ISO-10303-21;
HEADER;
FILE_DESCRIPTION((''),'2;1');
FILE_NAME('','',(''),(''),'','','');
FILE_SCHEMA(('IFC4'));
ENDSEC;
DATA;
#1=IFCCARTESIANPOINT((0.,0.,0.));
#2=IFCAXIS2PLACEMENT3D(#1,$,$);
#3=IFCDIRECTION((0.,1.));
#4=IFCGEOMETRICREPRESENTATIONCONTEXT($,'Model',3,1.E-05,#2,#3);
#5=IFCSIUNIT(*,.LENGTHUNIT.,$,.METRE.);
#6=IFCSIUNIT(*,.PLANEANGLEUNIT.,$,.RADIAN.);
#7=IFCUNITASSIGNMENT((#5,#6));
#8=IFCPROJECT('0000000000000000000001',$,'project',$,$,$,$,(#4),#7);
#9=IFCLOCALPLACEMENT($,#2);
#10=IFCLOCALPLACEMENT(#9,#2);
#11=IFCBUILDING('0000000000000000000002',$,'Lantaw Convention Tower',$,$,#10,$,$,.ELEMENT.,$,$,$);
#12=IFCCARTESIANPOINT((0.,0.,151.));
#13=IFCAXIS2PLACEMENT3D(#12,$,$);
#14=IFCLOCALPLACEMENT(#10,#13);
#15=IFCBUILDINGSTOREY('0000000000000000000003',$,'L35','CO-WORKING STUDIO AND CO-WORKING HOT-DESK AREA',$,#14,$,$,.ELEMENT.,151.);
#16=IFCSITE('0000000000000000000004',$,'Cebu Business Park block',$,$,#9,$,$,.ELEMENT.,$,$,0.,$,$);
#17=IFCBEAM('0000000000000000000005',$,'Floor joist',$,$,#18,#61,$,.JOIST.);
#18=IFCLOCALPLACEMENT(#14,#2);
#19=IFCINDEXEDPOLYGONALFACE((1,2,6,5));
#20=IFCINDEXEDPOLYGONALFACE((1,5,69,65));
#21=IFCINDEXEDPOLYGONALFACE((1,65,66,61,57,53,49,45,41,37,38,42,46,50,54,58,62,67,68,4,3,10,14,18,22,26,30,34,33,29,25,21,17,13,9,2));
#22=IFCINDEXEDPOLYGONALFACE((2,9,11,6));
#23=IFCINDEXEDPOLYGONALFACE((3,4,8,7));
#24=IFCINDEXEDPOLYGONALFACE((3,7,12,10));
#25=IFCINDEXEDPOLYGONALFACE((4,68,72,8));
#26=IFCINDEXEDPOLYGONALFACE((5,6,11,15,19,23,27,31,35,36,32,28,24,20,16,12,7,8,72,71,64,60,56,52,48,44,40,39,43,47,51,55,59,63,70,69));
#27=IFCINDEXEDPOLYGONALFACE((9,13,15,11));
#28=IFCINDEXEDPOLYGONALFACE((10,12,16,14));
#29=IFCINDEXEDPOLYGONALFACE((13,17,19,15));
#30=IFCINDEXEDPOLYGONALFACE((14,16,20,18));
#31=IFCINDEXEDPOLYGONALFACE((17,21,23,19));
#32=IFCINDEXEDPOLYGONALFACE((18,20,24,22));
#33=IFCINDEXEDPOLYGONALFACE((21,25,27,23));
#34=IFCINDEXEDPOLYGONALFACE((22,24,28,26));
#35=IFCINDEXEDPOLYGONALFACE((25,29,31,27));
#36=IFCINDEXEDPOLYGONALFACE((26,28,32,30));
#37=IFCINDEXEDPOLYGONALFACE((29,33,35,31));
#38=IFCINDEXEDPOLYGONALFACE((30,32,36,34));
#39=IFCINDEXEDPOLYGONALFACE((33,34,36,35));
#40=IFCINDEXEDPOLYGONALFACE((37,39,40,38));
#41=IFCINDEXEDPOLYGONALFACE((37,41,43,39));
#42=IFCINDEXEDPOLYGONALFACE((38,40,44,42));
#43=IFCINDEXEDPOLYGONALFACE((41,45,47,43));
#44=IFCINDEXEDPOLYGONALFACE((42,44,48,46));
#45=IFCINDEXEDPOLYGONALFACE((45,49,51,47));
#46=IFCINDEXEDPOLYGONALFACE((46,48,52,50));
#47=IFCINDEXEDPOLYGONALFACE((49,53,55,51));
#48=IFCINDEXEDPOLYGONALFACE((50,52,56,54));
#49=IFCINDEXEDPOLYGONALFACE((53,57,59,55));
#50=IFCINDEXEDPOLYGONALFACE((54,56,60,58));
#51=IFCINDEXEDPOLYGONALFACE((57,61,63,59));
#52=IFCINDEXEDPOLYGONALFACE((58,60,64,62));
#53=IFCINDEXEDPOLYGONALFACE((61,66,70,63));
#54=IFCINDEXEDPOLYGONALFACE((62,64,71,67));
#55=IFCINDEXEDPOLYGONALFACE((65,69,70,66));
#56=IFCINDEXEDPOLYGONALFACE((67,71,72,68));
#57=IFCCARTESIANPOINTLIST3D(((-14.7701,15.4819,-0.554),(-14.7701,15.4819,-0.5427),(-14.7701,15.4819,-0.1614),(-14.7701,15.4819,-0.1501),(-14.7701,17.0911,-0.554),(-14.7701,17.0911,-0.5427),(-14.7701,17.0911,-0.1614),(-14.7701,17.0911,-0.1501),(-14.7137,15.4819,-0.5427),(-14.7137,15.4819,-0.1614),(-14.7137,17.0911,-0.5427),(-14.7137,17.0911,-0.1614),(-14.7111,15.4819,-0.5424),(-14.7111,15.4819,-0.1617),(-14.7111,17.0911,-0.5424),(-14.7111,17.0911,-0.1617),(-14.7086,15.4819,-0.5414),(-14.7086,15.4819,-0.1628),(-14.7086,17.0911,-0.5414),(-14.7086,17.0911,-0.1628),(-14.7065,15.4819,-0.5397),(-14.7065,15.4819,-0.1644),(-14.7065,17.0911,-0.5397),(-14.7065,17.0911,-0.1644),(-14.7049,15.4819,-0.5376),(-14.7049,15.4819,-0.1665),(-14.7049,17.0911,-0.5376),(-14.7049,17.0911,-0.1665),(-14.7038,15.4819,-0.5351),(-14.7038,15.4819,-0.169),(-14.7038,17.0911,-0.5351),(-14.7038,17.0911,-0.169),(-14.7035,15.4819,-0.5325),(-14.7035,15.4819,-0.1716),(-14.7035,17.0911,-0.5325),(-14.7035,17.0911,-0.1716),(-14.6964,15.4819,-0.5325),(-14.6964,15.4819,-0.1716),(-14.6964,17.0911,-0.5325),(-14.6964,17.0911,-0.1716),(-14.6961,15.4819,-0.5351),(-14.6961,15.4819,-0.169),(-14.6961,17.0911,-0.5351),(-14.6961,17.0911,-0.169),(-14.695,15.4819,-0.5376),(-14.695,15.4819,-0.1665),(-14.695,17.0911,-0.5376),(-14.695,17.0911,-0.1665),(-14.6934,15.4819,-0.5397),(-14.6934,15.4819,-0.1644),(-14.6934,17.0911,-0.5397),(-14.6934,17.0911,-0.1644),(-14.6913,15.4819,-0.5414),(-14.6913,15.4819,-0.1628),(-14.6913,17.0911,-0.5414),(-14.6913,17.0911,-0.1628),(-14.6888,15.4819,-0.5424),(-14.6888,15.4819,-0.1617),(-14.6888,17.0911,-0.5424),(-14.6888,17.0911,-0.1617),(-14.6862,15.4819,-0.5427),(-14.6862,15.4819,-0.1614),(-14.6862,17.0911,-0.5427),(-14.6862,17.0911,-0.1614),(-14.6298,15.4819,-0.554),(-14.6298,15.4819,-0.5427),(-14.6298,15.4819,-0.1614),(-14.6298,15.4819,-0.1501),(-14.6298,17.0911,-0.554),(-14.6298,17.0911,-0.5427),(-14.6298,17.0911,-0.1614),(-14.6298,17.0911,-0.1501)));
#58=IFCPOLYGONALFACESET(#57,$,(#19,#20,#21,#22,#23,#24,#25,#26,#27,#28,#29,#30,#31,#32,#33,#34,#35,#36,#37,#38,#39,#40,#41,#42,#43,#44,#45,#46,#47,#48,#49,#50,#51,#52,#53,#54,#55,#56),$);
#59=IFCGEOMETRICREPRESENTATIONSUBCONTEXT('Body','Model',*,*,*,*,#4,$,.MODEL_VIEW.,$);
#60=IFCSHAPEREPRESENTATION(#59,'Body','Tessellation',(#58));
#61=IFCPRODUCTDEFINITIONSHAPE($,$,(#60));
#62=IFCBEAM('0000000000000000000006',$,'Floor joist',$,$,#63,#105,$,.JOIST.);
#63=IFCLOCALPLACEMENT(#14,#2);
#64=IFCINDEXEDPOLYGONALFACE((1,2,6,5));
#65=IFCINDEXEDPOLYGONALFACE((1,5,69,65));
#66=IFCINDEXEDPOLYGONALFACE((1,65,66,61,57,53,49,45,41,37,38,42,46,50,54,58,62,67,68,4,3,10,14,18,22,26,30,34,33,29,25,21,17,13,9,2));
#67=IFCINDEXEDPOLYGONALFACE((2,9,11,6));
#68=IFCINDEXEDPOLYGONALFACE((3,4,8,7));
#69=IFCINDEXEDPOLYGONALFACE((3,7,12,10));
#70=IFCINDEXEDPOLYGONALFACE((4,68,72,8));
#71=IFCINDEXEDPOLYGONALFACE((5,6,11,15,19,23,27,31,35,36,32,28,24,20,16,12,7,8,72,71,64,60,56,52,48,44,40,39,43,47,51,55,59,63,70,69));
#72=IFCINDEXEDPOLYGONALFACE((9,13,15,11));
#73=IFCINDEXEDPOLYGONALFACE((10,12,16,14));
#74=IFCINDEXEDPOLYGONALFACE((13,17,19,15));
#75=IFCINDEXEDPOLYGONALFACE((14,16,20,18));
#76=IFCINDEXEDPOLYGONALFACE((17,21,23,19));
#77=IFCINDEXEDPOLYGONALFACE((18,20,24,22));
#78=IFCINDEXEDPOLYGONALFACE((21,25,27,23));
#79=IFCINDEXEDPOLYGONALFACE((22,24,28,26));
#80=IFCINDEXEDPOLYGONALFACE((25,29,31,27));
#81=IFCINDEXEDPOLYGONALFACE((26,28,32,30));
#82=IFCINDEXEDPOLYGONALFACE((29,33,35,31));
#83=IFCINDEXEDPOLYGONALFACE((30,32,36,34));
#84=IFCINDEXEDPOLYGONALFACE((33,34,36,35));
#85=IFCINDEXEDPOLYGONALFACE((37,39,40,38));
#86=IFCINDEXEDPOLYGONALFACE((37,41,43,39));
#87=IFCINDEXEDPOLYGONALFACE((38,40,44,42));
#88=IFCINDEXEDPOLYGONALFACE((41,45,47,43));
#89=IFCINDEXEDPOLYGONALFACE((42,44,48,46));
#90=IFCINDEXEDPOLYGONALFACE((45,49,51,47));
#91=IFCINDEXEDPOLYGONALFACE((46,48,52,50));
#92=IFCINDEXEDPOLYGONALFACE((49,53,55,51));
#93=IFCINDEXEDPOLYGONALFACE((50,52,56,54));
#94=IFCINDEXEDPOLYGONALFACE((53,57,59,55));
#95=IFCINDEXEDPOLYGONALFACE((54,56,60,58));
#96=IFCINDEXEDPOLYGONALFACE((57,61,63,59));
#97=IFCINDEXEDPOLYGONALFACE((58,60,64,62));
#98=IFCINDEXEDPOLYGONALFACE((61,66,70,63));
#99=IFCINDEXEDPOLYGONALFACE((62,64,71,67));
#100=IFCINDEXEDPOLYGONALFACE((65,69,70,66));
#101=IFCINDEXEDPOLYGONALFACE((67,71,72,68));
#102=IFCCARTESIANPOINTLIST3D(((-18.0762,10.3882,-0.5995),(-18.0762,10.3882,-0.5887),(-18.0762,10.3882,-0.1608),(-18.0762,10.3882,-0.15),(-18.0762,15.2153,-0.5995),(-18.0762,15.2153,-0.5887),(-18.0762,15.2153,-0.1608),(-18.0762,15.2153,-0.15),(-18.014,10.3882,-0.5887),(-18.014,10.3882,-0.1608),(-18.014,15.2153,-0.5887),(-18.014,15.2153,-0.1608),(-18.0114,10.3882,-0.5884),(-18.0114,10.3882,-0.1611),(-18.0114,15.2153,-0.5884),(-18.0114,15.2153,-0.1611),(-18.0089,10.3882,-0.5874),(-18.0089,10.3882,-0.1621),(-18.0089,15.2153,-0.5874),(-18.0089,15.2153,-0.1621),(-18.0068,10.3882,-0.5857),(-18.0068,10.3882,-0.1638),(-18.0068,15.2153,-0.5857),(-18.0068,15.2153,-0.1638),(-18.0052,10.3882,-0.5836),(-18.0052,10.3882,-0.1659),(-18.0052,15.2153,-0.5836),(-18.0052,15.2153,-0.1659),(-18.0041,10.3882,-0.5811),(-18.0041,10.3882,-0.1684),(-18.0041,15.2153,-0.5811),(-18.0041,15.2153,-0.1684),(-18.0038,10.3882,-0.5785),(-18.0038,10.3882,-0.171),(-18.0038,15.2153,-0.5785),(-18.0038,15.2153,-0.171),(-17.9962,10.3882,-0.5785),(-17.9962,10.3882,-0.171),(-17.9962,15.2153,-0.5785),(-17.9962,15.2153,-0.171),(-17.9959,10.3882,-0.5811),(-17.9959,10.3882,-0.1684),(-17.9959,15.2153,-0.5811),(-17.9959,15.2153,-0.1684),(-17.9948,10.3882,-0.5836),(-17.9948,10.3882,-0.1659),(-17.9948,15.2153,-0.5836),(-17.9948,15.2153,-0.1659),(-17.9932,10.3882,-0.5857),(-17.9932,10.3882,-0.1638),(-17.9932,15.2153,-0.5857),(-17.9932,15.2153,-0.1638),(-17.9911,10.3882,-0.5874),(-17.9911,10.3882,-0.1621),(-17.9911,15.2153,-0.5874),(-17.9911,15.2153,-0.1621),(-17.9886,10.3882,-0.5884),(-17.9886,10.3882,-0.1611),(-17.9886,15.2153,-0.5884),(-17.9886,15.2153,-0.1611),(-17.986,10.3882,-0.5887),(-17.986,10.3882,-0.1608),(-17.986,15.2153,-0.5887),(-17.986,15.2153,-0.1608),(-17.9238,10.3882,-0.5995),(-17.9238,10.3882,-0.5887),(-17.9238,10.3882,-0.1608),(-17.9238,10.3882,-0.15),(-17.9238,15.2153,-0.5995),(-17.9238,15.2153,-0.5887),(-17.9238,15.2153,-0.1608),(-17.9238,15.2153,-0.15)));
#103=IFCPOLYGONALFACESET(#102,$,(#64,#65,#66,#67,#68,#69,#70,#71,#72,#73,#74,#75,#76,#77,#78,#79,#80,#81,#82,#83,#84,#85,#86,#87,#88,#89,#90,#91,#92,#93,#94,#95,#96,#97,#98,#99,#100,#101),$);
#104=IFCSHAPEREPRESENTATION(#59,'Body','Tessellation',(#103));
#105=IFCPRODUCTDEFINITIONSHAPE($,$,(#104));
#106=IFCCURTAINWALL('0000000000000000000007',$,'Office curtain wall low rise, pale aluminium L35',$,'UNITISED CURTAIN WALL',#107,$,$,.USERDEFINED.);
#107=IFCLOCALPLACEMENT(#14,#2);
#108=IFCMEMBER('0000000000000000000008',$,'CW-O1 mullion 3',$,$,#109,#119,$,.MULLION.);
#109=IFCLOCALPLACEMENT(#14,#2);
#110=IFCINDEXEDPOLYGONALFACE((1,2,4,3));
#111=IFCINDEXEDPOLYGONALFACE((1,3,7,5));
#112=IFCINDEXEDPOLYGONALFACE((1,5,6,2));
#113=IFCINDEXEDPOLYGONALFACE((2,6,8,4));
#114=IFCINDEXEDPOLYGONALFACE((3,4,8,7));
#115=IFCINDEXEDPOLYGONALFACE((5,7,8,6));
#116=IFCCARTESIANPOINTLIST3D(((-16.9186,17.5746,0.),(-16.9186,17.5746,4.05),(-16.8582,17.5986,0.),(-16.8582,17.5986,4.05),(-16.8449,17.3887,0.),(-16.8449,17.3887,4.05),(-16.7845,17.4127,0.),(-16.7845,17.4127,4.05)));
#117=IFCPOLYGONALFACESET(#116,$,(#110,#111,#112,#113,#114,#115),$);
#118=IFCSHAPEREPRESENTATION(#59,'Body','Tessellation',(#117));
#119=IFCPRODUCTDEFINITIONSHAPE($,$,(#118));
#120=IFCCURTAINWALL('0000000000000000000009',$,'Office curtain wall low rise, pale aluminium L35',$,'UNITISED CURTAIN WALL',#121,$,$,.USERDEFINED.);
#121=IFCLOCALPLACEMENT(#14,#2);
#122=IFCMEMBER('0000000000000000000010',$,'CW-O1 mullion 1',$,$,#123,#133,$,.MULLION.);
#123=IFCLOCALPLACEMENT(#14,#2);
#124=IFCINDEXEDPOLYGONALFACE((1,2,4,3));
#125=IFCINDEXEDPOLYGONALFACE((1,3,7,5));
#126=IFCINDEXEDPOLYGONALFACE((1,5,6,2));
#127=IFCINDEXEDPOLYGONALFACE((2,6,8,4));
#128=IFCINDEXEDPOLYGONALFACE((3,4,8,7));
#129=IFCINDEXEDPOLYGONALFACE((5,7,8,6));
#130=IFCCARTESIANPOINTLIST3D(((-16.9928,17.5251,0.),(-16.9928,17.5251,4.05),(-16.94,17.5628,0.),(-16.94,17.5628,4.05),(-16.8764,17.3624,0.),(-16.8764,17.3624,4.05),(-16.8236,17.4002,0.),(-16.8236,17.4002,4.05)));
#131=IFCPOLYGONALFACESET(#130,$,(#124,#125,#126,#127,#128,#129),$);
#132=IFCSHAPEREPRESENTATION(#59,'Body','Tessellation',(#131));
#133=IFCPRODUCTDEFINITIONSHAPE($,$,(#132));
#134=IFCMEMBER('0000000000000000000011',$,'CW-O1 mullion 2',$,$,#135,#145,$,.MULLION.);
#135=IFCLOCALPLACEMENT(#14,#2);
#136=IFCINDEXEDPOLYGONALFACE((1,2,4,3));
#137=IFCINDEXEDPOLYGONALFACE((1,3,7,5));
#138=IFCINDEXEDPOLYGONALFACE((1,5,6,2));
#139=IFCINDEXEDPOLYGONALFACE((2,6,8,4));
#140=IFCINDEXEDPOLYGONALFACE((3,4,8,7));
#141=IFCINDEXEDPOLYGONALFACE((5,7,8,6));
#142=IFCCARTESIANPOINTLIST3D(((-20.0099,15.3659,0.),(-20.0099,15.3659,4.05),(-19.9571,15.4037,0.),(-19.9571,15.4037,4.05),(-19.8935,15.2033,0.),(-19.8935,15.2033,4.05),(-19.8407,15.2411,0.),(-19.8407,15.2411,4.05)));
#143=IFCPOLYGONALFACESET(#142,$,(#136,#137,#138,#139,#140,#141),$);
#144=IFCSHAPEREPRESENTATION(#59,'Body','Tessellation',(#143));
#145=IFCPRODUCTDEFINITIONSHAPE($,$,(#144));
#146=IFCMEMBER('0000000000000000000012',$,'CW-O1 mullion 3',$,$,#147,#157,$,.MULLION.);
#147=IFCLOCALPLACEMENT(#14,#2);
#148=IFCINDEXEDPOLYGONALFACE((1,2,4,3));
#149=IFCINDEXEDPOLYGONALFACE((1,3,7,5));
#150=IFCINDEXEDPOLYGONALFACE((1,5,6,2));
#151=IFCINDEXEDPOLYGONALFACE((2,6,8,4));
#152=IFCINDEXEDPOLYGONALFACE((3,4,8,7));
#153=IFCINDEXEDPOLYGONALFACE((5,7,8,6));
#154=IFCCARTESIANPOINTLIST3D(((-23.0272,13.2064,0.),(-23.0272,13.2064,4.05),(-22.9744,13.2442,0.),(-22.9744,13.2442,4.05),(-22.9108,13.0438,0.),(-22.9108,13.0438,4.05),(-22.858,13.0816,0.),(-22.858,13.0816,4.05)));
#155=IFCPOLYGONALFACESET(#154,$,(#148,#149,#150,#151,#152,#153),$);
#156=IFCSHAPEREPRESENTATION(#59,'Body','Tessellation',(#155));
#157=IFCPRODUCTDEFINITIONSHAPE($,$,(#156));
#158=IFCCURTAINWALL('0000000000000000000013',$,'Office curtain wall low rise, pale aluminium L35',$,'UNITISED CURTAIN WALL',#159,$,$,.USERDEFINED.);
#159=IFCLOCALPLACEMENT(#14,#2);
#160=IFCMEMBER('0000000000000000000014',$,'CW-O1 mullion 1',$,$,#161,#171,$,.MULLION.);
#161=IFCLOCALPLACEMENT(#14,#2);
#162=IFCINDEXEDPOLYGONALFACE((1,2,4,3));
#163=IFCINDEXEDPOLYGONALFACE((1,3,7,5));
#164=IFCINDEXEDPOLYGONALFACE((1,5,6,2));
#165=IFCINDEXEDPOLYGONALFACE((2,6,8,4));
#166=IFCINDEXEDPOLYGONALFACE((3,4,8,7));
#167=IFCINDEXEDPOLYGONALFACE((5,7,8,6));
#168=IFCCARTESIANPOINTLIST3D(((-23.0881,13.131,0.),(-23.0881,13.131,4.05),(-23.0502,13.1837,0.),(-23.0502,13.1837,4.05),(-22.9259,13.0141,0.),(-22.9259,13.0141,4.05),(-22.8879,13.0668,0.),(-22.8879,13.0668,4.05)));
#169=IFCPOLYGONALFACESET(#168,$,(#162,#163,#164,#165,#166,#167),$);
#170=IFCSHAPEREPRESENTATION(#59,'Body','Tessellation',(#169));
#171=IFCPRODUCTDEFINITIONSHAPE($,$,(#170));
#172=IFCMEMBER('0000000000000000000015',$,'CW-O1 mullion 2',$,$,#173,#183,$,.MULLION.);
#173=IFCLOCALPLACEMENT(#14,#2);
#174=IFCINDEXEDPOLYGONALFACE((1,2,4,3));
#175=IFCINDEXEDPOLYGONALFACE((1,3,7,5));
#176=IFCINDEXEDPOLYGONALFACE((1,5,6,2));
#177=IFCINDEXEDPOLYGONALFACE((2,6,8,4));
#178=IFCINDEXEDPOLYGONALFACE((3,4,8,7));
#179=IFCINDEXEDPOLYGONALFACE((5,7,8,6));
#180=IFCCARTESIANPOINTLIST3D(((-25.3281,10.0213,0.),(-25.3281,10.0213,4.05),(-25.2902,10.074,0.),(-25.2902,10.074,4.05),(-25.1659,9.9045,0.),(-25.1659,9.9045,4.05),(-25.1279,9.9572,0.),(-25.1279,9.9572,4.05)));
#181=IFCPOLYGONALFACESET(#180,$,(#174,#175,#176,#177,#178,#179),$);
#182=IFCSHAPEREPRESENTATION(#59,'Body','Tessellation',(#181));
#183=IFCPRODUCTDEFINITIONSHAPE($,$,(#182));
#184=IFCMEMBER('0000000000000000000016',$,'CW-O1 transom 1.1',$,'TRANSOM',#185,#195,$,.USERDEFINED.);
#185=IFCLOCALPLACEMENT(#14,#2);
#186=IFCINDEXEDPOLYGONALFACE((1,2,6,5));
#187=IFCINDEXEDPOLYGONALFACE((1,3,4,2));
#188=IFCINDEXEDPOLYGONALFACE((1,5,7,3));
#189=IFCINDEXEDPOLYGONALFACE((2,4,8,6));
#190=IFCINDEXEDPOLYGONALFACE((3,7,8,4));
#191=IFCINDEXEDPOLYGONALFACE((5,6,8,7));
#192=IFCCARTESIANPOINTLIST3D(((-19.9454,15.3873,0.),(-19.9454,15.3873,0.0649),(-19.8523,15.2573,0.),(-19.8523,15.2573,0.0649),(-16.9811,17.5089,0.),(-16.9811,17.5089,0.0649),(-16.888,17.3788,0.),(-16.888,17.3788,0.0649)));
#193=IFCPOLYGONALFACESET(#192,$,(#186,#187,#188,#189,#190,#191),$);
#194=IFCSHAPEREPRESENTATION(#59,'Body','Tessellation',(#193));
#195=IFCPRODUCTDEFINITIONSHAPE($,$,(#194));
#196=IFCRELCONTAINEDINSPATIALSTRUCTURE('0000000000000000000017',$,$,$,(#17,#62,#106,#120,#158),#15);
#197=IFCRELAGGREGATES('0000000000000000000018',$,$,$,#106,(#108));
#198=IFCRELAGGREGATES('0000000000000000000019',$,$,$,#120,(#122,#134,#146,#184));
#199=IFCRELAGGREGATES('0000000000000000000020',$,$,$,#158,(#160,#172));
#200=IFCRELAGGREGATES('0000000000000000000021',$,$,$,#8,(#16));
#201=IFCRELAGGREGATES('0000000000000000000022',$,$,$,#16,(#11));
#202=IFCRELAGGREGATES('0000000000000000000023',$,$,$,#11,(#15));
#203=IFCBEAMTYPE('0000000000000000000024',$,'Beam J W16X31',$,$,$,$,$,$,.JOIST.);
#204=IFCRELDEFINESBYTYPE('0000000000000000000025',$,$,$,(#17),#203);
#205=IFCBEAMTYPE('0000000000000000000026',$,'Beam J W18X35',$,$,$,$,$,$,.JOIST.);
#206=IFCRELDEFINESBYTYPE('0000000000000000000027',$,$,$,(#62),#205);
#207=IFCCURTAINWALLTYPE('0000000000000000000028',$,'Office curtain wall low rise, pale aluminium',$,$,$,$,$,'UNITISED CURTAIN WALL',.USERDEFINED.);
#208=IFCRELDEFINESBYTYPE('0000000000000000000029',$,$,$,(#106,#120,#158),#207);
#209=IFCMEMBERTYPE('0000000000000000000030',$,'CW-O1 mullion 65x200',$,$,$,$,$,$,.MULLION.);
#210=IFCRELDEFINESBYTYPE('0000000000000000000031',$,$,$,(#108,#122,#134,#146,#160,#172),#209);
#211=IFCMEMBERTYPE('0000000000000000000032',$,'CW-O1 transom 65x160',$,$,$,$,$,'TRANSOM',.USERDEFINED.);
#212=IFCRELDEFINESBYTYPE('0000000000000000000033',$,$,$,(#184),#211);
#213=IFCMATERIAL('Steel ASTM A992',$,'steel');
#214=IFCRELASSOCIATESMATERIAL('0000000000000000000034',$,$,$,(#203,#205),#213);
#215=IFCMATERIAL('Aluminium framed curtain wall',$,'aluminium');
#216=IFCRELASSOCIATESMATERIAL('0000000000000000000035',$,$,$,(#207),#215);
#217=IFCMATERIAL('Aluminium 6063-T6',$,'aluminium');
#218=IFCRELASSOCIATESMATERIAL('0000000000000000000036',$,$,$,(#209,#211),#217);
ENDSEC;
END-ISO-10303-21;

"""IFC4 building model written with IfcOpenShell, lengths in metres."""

from ifc_helpers import new_model, si_unit, direction, frame, origin, origin_2d, place, context, subcontext, project, spatial, rectangle, i_section, extrude, material, material_profile, profile_set, type_object, element, aggregate, save


model = new_model("IFC4")

# Units and contexts
model_context = context("Model", 3, precision=1e-05, world=origin(), true_north=direction((0.0, 1.0)))
body_context = subcontext(model_context, "Body", "Model", "MODEL_VIEW")
ifc_project = project(units=[si_unit("LENGTHUNIT", "METRE"), si_unit("PLANEANGLEUNIT", "RADIAN")], contexts=[model_context])

# Site, building, storey
site_placement = place(None, origin())
site = spatial("IfcSite", under=ifc_project, at=site_placement, Name="Cebu Business Park block", CompositionType="ELEMENT", RefElevation=0.0)
building_placement = place(site_placement, origin())
building = spatial("IfcBuilding", under=site, at=building_placement, Name="Lantaw Convention Tower", CompositionType="ELEMENT")
storey_placement = place(building_placement, frame((0.0, 0.0, 151.0)))
storey = spatial("IfcBuildingStorey", under=building, at=storey_placement, Name="L35", Description="CO-WORKING STUDIO AND CO-WORKING HOT-DESK AREA", CompositionType="ELEMENT", Elevation=151.0)

# Beams
ifc_material_1 = material(Name="Steel ASTM A992", Category="steel")
ifc_material_profile_1 = material_profile(ifc_material_1, i_section(OverallWidth=0.1404, OverallDepth=0.4038, WebThickness=0.0071, FlangeThickness=0.0112, FilletRadius=0.0103, at=origin_2d()), Name="W16X31")
ifc_profile_set_1 = profile_set([ifc_material_profile_1], Name="Steel ASTM A992")
beam_type_1 = type_object("IfcBeamType", Name="Beam J W16X31", PredefinedType="JOIST", material=ifc_profile_set_1)
beam_1_placement = place(storey_placement, frame((-14.7, 15.4819, -0.3521), z_axis=(0.0, 1.0, 0.0), x_axis=(-1.0, 0.0, 0.0)))
element("IfcBeam", 1, at=beam_1_placement, inside=storey, type_object=beam_type_1, Name="Floor joist", PredefinedType="JOIST", context=body_context, shape_type="SweptSolid", body=[
    extrude(i_section(OverallWidth=0.1404, OverallDepth=0.4038, WebThickness=0.0071, FlangeThickness=0.0112, FilletRadius=0.0103, at=origin_2d()), origin(), (0.0, 0.0, 1.0), 1.6091),
])
ifc_material_profile_2 = material_profile(ifc_material_1, i_section(OverallWidth=0.1523, OverallDepth=0.4495, WebThickness=0.0076, FlangeThickness=0.0107, FilletRadius=0.0103, at=origin_2d()), Name="W18X35")
ifc_profile_set_2 = profile_set([ifc_material_profile_2], Name="Steel ASTM A992")
beam_type_2 = type_object("IfcBeamType", Name="Beam J W18X35", PredefinedType="JOIST", material=ifc_profile_set_2)
beam_2_placement = place(storey_placement, frame((-18.0, 10.3882, -0.3748), z_axis=(0.0, 1.0, 0.0), x_axis=(-1.0, 0.0, 0.0)))
element("IfcBeam", 2, at=beam_2_placement, inside=storey, type_object=beam_type_2, Name="Floor joist", PredefinedType="JOIST", context=body_context, shape_type="SweptSolid", body=[
    extrude(i_section(OverallWidth=0.1523, OverallDepth=0.4495, WebThickness=0.0076, FlangeThickness=0.0107, FilletRadius=0.0103, at=origin_2d()), origin(), (0.0, 0.0, 1.0), 4.8271),
])

# Curtain wall, member
ifc_material_2 = material(Name="Aluminium framed curtain wall", Category="aluminium")
curtain_wall_type = type_object("IfcCurtainWallType", Name="Office curtain wall low rise, pale aluminium", ElementType="UNITISED CURTAIN WALL", PredefinedType="USERDEFINED", material=ifc_material_2)
curtain_wall_1_placement = place(storey_placement, origin())
curtain_wall_1 = element("IfcCurtainWall", 3, at=curtain_wall_1_placement, inside=storey, type_object=curtain_wall_type, Name="Office curtain wall low rise, pale aluminium L35", ObjectType="UNITISED CURTAIN WALL", PredefinedType="USERDEFINED")
ifc_material_3 = material(Name="Aluminium 6063-T6", Category="aluminium")
ifc_material_profile_3 = material_profile(ifc_material_3, rectangle(XDim=0.2, YDim=0.0649, at=origin_2d()), Name="CW-O1 mullion 65x200")
ifc_profile_set_3 = profile_set([ifc_material_profile_3], Name="Aluminium 6063-T6")
member_type_1 = type_object("IfcMemberType", Name="CW-O1 mullion 65x200", PredefinedType="MULLION", material=ifc_profile_set_3)
member_1_placement = place(storey_placement, frame((-16.8516, 17.4937, 0.0), z_axis=(0.0, 0.0, 1.0), x_axis=(0.368702, -0.929548, 0.0)))
member_1 = element("IfcMember", 4, at=member_1_placement, type_object=member_type_1, Name="CW-O1 mullion 3", PredefinedType="MULLION", context=body_context, shape_type="SweptSolid", body=[
    extrude(rectangle(XDim=0.2, YDim=0.0649, at=origin_2d()), origin(), (0.0, 0.0, 1.0), 4.05),
])

# Curtain walls, members
curtain_wall_2_placement = place(storey_placement, origin())
curtain_wall_2 = element("IfcCurtainWall", 5, at=curtain_wall_2_placement, inside=storey, type_object=curtain_wall_type, Name="Office curtain wall low rise, pale aluminium L35", ObjectType="UNITISED CURTAIN WALL", PredefinedType="USERDEFINED")
member_2_placement = place(storey_placement, frame((-16.9082, 17.4626, 0.0), z_axis=(0.0, 0.0, 1.0), x_axis=(0.581973, -0.813208, 0.0)))
member_2 = element("IfcMember", 6, at=member_2_placement, type_object=member_type_1, Name="CW-O1 mullion 1", PredefinedType="MULLION", context=body_context, shape_type="SweptSolid", body=[
    extrude(rectangle(XDim=0.2, YDim=0.0649, at=origin_2d()), origin(), (0.0, 0.0, 1.0), 4.05),
])
member_3_placement = place(storey_placement, frame((-19.9253, 15.3035, 0.0), z_axis=(0.0, 0.0, 1.0), x_axis=(0.581973, -0.813208, 0.0)))
member_3 = element("IfcMember", 7, at=member_3_placement, type_object=member_type_1, Name="CW-O1 mullion 2", PredefinedType="MULLION", context=body_context, shape_type="SweptSolid", body=[
    extrude(rectangle(XDim=0.2, YDim=0.0649, at=origin_2d()), origin(), (0.0, 0.0, 1.0), 4.05),
])
member_4_placement = place(storey_placement, frame((-22.9426, 13.144, 0.0), z_axis=(0.0, 0.0, 1.0), x_axis=(0.581973, -0.813208, 0.0)))
member_4 = element("IfcMember", 8, at=member_4_placement, type_object=member_type_1, Name="CW-O1 mullion 3", PredefinedType="MULLION", context=body_context, shape_type="SweptSolid", body=[
    extrude(rectangle(XDim=0.2, YDim=0.0649, at=origin_2d()), origin(), (0.0, 0.0, 1.0), 4.05),
])
curtain_wall_3_placement = place(storey_placement, origin())
curtain_wall_3 = element("IfcCurtainWall", 9, at=curtain_wall_3_placement, inside=storey, type_object=curtain_wall_type, Name="Office curtain wall low rise, pale aluminium L35", ObjectType="UNITISED CURTAIN WALL", PredefinedType="USERDEFINED")
member_5_placement = place(storey_placement, frame((-22.988, 13.0989, 0.0), z_axis=(0.0, 0.0, 1.0), x_axis=(0.811385, -0.584513, 0.0)))
member_5 = element("IfcMember", 10, at=member_5_placement, type_object=member_type_1, Name="CW-O1 mullion 1", PredefinedType="MULLION", context=body_context, shape_type="SweptSolid", body=[
    extrude(rectangle(XDim=0.2, YDim=0.0649, at=origin_2d()), origin(), (0.0, 0.0, 1.0), 4.05),
])
member_6_placement = place(storey_placement, frame((-25.228, 9.9893, 0.0), z_axis=(0.0, 0.0, 1.0), x_axis=(0.811385, -0.584513, 0.0)))
member_6 = element("IfcMember", 11, at=member_6_placement, type_object=member_type_1, Name="CW-O1 mullion 2", PredefinedType="MULLION", context=body_context, shape_type="SweptSolid", body=[
    extrude(rectangle(XDim=0.2, YDim=0.0649, at=origin_2d()), origin(), (0.0, 0.0, 1.0), 4.05),
])

# Member
ifc_material_profile_4 = material_profile(ifc_material_3, rectangle(XDim=0.1599, YDim=0.0649, at=origin_2d()), Name="CW-O1 transom 65x160")
ifc_profile_set_4 = profile_set([ifc_material_profile_4], Name="Aluminium 6063-T6")
member_type_2 = type_object("IfcMemberType", Name="CW-O1 transom 65x160", ElementType="TRANSOM", PredefinedType="USERDEFINED", material=ifc_profile_set_4)
member_7_placement = place(storey_placement, frame((-16.9346, 17.4438, 0.0325), z_axis=(-0.81319, -0.581998, 0.0), x_axis=(0.581998, -0.81319, 0.0)))
member_7 = element("IfcMember", 12, at=member_7_placement, type_object=member_type_2, Name="CW-O1 transom 1.1", ObjectType="TRANSOM", PredefinedType="USERDEFINED", context=body_context, shape_type="SweptSolid", body=[
    extrude(rectangle(XDim=0.1599, YDim=0.0649, at=origin_2d()), origin(), (0.0, 0.0, 1.0), 3.6453),
])

aggregate(curtain_wall_1, [member_1])
aggregate(curtain_wall_2, [member_2, member_3, member_4, member_7])
aggregate(curtain_wall_3, [member_5, member_6])

save(model, "model.ifc")
